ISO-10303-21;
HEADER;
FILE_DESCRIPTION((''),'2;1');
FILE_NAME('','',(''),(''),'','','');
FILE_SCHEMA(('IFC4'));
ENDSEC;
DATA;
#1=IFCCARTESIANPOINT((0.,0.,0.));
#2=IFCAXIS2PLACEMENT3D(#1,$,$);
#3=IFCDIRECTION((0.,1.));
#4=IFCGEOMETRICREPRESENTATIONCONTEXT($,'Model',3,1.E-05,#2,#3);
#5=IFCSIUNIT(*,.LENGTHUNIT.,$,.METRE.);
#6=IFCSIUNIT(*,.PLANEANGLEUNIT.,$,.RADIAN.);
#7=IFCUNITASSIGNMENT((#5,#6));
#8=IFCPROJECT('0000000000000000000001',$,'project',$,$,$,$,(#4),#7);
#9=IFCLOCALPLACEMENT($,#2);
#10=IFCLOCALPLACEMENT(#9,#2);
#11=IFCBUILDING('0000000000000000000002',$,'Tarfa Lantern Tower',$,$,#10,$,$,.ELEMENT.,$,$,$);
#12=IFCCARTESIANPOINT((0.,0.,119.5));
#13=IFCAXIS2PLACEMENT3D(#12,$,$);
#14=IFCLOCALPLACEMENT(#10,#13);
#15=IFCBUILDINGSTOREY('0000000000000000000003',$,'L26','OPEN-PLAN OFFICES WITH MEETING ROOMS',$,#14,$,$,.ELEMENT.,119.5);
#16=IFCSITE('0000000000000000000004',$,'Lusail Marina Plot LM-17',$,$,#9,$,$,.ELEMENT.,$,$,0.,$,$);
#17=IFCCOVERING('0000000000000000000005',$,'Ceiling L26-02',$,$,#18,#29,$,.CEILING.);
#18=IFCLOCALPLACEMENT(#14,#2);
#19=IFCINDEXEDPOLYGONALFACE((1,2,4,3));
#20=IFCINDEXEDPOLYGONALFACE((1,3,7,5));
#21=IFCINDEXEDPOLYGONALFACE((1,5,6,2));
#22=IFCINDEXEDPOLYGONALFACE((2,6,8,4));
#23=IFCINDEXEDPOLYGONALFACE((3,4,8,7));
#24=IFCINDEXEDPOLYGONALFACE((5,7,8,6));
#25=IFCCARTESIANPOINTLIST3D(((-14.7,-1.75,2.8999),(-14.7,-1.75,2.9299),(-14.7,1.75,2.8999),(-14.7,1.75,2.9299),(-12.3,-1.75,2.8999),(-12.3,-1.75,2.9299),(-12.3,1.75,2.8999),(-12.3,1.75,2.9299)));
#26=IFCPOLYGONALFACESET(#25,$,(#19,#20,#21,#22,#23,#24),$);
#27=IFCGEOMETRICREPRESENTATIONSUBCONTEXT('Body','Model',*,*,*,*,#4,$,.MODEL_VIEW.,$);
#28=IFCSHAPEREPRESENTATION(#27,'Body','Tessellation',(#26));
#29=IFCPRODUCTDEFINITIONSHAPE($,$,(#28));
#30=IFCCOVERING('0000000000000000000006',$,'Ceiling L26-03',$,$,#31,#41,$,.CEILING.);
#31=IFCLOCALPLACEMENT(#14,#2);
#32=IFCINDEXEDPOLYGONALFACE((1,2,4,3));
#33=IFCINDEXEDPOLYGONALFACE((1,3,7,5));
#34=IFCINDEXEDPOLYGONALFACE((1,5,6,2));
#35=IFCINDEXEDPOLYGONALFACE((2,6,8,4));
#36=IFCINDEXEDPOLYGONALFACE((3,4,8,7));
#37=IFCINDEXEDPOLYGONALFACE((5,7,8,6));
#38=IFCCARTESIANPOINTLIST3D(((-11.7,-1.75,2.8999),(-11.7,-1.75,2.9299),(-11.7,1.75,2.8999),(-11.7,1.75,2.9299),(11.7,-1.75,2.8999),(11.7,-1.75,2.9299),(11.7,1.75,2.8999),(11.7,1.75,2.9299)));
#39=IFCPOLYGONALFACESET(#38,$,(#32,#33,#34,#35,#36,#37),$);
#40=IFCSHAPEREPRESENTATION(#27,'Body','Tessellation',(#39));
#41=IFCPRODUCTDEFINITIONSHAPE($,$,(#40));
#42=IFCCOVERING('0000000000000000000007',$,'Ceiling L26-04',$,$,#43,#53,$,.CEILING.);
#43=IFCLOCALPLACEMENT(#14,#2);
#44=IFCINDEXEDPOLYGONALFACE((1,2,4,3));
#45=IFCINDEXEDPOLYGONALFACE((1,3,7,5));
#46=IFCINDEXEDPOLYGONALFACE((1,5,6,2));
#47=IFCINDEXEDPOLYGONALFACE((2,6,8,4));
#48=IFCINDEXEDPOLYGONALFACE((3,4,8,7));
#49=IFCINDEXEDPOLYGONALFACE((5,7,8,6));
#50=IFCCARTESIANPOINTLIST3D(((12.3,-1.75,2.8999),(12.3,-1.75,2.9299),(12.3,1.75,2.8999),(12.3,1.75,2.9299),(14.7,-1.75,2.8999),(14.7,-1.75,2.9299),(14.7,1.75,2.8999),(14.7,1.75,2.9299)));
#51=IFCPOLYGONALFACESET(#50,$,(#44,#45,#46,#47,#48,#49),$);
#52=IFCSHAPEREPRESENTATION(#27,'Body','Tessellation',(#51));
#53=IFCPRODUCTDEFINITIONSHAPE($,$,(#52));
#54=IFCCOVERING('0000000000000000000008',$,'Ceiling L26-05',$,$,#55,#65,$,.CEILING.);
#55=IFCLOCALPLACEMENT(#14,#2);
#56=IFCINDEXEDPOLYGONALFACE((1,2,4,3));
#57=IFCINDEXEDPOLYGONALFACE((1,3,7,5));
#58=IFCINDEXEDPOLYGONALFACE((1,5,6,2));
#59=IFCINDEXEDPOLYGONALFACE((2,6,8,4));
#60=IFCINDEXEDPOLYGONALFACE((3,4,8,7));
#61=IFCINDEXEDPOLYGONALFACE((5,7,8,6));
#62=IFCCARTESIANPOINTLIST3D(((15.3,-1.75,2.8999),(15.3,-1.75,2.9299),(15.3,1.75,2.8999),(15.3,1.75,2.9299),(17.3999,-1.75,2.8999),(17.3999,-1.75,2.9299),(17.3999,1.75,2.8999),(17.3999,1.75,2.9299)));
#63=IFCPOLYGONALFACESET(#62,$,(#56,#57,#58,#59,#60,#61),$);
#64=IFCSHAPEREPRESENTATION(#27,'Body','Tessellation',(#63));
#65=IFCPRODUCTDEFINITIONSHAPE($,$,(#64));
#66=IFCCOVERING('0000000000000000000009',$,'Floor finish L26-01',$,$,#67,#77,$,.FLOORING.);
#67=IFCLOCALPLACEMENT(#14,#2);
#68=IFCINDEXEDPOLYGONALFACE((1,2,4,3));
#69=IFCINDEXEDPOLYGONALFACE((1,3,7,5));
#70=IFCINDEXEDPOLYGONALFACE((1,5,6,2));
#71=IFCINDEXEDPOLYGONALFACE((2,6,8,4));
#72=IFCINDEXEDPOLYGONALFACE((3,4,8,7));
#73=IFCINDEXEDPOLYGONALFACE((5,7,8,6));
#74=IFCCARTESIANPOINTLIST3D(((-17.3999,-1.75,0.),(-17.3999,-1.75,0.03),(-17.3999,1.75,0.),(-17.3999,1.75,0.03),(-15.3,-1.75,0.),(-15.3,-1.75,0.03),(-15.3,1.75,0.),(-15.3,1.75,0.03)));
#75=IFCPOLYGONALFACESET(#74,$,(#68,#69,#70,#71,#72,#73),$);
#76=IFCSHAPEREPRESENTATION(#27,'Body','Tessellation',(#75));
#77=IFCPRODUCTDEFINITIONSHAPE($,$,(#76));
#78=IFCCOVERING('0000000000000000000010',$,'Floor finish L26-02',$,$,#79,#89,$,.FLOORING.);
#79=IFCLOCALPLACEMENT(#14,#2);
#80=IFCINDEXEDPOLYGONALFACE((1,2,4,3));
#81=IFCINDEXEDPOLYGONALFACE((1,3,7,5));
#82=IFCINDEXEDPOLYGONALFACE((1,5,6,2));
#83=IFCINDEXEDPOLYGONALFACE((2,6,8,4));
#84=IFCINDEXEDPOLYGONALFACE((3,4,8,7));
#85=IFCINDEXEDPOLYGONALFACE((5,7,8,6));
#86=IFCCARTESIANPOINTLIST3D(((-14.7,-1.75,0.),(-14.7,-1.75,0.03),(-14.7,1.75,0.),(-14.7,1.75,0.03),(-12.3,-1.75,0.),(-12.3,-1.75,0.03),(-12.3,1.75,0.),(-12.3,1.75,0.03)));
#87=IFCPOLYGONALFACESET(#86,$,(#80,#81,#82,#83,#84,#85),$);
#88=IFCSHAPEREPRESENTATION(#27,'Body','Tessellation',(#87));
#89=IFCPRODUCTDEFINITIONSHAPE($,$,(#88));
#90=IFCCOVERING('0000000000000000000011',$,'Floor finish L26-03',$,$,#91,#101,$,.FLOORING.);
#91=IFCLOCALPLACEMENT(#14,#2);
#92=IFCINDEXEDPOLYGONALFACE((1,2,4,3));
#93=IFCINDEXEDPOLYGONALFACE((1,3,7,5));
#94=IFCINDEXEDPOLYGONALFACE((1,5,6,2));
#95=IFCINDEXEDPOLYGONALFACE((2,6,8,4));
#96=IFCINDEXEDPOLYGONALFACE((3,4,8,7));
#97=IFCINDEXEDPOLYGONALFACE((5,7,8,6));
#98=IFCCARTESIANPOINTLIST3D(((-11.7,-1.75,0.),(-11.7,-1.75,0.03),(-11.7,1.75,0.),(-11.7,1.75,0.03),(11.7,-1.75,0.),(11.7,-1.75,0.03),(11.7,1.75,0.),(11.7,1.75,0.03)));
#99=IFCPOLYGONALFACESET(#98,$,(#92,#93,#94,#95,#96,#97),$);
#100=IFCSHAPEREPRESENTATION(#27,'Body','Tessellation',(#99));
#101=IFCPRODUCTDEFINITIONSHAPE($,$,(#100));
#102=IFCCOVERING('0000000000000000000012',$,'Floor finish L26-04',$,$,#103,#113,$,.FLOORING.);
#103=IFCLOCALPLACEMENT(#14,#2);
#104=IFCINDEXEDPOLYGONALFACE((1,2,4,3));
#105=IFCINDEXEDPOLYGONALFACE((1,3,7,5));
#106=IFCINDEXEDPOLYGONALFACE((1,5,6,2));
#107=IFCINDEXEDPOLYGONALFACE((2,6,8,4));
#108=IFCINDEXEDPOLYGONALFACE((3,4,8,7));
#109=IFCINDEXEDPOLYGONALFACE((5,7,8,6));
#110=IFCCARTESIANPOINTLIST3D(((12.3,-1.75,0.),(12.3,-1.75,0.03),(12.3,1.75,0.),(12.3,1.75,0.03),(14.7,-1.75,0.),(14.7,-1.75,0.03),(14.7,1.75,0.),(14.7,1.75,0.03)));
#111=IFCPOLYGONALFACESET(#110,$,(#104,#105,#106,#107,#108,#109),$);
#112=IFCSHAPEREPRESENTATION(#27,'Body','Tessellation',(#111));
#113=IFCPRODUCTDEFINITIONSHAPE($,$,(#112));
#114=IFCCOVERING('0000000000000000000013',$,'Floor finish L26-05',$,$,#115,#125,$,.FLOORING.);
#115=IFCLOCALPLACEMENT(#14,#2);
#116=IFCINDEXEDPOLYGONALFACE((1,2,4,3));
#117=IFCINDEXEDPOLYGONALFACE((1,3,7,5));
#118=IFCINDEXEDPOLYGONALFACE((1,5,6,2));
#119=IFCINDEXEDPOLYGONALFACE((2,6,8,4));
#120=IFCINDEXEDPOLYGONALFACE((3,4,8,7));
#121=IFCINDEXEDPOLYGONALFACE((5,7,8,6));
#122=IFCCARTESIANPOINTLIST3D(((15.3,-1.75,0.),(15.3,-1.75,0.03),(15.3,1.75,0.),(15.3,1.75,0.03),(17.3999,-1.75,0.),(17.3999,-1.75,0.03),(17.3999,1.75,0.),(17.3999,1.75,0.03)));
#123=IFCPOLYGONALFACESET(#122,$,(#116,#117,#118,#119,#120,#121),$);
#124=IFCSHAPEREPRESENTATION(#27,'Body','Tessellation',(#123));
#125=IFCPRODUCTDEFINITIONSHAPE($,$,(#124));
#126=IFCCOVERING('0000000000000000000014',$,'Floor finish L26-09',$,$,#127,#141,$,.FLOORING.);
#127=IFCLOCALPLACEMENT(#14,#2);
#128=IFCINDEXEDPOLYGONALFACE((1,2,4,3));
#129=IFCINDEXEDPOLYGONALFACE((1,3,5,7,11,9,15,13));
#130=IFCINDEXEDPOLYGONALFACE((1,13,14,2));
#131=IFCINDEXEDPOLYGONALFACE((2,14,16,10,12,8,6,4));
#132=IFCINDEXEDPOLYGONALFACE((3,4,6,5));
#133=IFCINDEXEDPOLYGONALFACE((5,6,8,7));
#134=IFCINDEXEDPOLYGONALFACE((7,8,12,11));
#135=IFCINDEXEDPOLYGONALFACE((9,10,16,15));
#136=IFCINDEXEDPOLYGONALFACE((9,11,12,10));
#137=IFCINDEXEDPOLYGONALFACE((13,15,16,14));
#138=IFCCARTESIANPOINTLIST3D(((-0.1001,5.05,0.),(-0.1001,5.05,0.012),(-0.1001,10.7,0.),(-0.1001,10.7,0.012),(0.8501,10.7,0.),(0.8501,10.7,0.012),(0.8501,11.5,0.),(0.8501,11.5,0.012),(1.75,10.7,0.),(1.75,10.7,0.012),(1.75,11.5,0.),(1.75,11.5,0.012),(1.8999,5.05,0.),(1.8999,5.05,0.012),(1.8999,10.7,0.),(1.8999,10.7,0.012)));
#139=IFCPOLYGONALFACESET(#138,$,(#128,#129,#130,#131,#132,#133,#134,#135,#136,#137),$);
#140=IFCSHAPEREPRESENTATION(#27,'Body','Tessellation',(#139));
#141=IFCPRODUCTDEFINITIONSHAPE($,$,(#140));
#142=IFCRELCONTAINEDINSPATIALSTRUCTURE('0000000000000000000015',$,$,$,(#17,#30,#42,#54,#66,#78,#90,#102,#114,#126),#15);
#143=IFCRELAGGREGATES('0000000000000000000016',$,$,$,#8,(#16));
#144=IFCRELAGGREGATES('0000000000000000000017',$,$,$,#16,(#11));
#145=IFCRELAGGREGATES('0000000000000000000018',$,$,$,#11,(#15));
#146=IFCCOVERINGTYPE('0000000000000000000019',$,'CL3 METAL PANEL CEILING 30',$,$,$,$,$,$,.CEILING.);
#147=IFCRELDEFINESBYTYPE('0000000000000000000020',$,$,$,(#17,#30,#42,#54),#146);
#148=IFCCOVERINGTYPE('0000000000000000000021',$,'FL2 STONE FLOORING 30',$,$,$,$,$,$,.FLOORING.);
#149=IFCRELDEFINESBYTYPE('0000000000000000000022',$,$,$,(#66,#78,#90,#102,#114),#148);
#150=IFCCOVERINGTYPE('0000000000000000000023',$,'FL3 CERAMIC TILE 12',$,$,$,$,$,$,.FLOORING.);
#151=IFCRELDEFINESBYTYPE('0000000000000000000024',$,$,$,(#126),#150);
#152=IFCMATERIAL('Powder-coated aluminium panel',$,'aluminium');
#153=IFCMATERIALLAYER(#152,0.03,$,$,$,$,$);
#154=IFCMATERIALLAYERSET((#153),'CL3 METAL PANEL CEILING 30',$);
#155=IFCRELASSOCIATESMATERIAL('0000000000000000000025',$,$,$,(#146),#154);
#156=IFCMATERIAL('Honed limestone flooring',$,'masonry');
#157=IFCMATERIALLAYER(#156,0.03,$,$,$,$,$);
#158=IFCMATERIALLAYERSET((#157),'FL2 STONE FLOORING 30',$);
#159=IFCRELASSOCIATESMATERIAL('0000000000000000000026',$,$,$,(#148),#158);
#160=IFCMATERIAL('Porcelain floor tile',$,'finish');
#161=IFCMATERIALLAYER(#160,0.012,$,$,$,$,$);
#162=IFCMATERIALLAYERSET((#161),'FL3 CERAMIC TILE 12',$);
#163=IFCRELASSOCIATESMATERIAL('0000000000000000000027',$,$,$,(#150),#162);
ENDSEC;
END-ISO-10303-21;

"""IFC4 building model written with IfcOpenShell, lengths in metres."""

from ifc_helpers import new_model, si_unit, direction, frame, origin, place, context, subcontext, project, spatial, polyline, outline, extrude, material, layer, layer_set, type_object, element, save


model = new_model("IFC4")

# Units and contexts
model_context = context("Model", 3, precision=1e-05, world=origin(), true_north=direction((0.0, 1.0)))
body_context = subcontext(model_context, "Body", "Model", "MODEL_VIEW")
ifc_project = project(units=[si_unit("LENGTHUNIT", "METRE"), si_unit("PLANEANGLEUNIT", "RADIAN")], contexts=[model_context])

# Site, building, storey
site_placement = place(None, origin())
site = spatial("IfcSite", under=ifc_project, at=site_placement, Name="Lusail Marina Plot LM-17", CompositionType="ELEMENT", RefElevation=0.0)
building_placement = place(site_placement, origin())
building = spatial("IfcBuilding", under=site, at=building_placement, Name="Tarfa Lantern Tower", CompositionType="ELEMENT")
storey_placement = place(building_placement, frame((0.0, 0.0, 119.5)))
storey = spatial("IfcBuildingStorey", under=building, at=storey_placement, Name="L26", Description="OPEN-PLAN OFFICES WITH MEETING ROOMS", CompositionType="ELEMENT", Elevation=119.5)

# Coverings
ifc_material_1 = material(Name="Powder-coated aluminium panel", Category="aluminium")
ifc_layer_1 = layer(ifc_material_1, 0.03)
ifc_layer_set_1 = layer_set([ifc_layer_1], Name="CL3 METAL PANEL CEILING 30")
covering_type_1 = type_object("IfcCoveringType", Name="CL3 METAL PANEL CEILING 30", PredefinedType="CEILING", material=ifc_layer_set_1)
covering_1_placement = place(storey_placement, frame((0.0, 0.0, 2.8999)))
element("IfcCovering", 1, at=covering_1_placement, inside=storey, type_object=covering_type_1, Name="Ceiling L26-02", PredefinedType="CEILING", context=body_context, shape_type="SweptSolid", body=[
    extrude(outline(polyline([(-14.7, -1.75), (-12.3, -1.75), (-12.3, 1.75), (-14.7, 1.75), (-14.7, -1.75)])), origin(), (0.0, 0.0, 1.0), 0.03),
])
covering_2_placement = place(storey_placement, frame((0.0, 0.0, 2.8999)))
element("IfcCovering", 2, at=covering_2_placement, inside=storey, type_object=covering_type_1, Name="Ceiling L26-03", PredefinedType="CEILING", context=body_context, shape_type="SweptSolid", body=[
    extrude(outline(polyline([(-11.7, -1.75), (11.7, -1.75), (11.7, 1.75), (-11.7, 1.75), (-11.7, -1.75)])), origin(), (0.0, 0.0, 1.0), 0.03),
])
covering_3_placement = place(storey_placement, frame((0.0, 0.0, 2.8999)))
element("IfcCovering", 3, at=covering_3_placement, inside=storey, type_object=covering_type_1, Name="Ceiling L26-04", PredefinedType="CEILING", context=body_context, shape_type="SweptSolid", body=[
    extrude(outline(polyline([(12.3, -1.75), (14.7, -1.75), (14.7, 1.75), (12.3, 1.75), (12.3, -1.75)])), origin(), (0.0, 0.0, 1.0), 0.03),
])
covering_4_placement = place(storey_placement, frame((0.0, 0.0, 2.8999)))
element("IfcCovering", 4, at=covering_4_placement, inside=storey, type_object=covering_type_1, Name="Ceiling L26-05", PredefinedType="CEILING", context=body_context, shape_type="SweptSolid", body=[
    extrude(outline(polyline([(15.3, -1.75), (17.3999, -1.75), (17.3999, 1.75), (15.3, 1.75), (15.3, -1.75)])), origin(), (0.0, 0.0, 1.0), 0.03),
])
ifc_material_2 = material(Name="Honed limestone flooring", Category="masonry")
ifc_layer_2 = layer(ifc_material_2, 0.03)
ifc_layer_set_2 = layer_set([ifc_layer_2], Name="FL2 STONE FLOORING 30")
covering_type_2 = type_object("IfcCoveringType", Name="FL2 STONE FLOORING 30", PredefinedType="FLOORING", material=ifc_layer_set_2)
covering_5_placement = place(storey_placement, origin())
element("IfcCovering", 5, at=covering_5_placement, inside=storey, type_object=covering_type_2, Name="Floor finish L26-01", PredefinedType="FLOORING", context=body_context, shape_type="SweptSolid", body=[
    extrude(outline(polyline([(-17.3999, -1.75), (-15.3, -1.75), (-15.3, 1.75), (-17.3999, 1.75), (-17.3999, -1.75)])), origin(), (0.0, 0.0, 1.0), 0.03),
])
covering_6_placement = place(storey_placement, origin())
element("IfcCovering", 6, at=covering_6_placement, inside=storey, type_object=covering_type_2, Name="Floor finish L26-02", PredefinedType="FLOORING", context=body_context, shape_type="SweptSolid", body=[
    extrude(outline(polyline([(-14.7, -1.75), (-12.3, -1.75), (-12.3, 1.75), (-14.7, 1.75), (-14.7, -1.75)])), origin(), (0.0, 0.0, 1.0), 0.03),
])
covering_7_placement = place(storey_placement, origin())
element("IfcCovering", 7, at=covering_7_placement, inside=storey, type_object=covering_type_2, Name="Floor finish L26-03", PredefinedType="FLOORING", context=body_context, shape_type="SweptSolid", body=[
    extrude(outline(polyline([(-11.7, -1.75), (11.7, -1.75), (11.7, 1.75), (-11.7, 1.75), (-11.7, -1.75)])), origin(), (0.0, 0.0, 1.0), 0.03),
])
covering_8_placement = place(storey_placement, origin())
element("IfcCovering", 8, at=covering_8_placement, inside=storey, type_object=covering_type_2, Name="Floor finish L26-04", PredefinedType="FLOORING", context=body_context, shape_type="SweptSolid", body=[
    extrude(outline(polyline([(12.3, -1.75), (14.7, -1.75), (14.7, 1.75), (12.3, 1.75), (12.3, -1.75)])), origin(), (0.0, 0.0, 1.0), 0.03),
])
covering_9_placement = place(storey_placement, origin())
element("IfcCovering", 9, at=covering_9_placement, inside=storey, type_object=covering_type_2, Name="Floor finish L26-05", PredefinedType="FLOORING", context=body_context, shape_type="SweptSolid", body=[
    extrude(outline(polyline([(15.3, -1.75), (17.3999, -1.75), (17.3999, 1.75), (15.3, 1.75), (15.3, -1.75)])), origin(), (0.0, 0.0, 1.0), 0.03),
])
ifc_material_3 = material(Name="Porcelain floor tile", Category="finish")
ifc_layer_3 = layer(ifc_material_3, 0.012)
ifc_layer_set_3 = layer_set([ifc_layer_3], Name="FL3 CERAMIC TILE 12")
covering_type_3 = type_object("IfcCoveringType", Name="FL3 CERAMIC TILE 12", PredefinedType="FLOORING", material=ifc_layer_set_3)
covering_10_placement = place(storey_placement, origin())
element("IfcCovering", 10, at=covering_10_placement, inside=storey, type_object=covering_type_3, Name="Floor finish L26-09", PredefinedType="FLOORING", context=body_context, shape_type="SweptSolid", body=[
    extrude(outline(polyline([(0.8501, 10.7), (-0.1001, 10.7), (-0.1001, 5.05), (1.8999, 5.05), (1.8999, 10.7), (1.75, 10.7), (1.75, 11.5), (1.75, 11.5), (0.8501, 11.5), (0.8501, 10.7)])), origin(), (0.0, 0.0, 1.0), 0.012),
])

save(model, "model.ifc")
